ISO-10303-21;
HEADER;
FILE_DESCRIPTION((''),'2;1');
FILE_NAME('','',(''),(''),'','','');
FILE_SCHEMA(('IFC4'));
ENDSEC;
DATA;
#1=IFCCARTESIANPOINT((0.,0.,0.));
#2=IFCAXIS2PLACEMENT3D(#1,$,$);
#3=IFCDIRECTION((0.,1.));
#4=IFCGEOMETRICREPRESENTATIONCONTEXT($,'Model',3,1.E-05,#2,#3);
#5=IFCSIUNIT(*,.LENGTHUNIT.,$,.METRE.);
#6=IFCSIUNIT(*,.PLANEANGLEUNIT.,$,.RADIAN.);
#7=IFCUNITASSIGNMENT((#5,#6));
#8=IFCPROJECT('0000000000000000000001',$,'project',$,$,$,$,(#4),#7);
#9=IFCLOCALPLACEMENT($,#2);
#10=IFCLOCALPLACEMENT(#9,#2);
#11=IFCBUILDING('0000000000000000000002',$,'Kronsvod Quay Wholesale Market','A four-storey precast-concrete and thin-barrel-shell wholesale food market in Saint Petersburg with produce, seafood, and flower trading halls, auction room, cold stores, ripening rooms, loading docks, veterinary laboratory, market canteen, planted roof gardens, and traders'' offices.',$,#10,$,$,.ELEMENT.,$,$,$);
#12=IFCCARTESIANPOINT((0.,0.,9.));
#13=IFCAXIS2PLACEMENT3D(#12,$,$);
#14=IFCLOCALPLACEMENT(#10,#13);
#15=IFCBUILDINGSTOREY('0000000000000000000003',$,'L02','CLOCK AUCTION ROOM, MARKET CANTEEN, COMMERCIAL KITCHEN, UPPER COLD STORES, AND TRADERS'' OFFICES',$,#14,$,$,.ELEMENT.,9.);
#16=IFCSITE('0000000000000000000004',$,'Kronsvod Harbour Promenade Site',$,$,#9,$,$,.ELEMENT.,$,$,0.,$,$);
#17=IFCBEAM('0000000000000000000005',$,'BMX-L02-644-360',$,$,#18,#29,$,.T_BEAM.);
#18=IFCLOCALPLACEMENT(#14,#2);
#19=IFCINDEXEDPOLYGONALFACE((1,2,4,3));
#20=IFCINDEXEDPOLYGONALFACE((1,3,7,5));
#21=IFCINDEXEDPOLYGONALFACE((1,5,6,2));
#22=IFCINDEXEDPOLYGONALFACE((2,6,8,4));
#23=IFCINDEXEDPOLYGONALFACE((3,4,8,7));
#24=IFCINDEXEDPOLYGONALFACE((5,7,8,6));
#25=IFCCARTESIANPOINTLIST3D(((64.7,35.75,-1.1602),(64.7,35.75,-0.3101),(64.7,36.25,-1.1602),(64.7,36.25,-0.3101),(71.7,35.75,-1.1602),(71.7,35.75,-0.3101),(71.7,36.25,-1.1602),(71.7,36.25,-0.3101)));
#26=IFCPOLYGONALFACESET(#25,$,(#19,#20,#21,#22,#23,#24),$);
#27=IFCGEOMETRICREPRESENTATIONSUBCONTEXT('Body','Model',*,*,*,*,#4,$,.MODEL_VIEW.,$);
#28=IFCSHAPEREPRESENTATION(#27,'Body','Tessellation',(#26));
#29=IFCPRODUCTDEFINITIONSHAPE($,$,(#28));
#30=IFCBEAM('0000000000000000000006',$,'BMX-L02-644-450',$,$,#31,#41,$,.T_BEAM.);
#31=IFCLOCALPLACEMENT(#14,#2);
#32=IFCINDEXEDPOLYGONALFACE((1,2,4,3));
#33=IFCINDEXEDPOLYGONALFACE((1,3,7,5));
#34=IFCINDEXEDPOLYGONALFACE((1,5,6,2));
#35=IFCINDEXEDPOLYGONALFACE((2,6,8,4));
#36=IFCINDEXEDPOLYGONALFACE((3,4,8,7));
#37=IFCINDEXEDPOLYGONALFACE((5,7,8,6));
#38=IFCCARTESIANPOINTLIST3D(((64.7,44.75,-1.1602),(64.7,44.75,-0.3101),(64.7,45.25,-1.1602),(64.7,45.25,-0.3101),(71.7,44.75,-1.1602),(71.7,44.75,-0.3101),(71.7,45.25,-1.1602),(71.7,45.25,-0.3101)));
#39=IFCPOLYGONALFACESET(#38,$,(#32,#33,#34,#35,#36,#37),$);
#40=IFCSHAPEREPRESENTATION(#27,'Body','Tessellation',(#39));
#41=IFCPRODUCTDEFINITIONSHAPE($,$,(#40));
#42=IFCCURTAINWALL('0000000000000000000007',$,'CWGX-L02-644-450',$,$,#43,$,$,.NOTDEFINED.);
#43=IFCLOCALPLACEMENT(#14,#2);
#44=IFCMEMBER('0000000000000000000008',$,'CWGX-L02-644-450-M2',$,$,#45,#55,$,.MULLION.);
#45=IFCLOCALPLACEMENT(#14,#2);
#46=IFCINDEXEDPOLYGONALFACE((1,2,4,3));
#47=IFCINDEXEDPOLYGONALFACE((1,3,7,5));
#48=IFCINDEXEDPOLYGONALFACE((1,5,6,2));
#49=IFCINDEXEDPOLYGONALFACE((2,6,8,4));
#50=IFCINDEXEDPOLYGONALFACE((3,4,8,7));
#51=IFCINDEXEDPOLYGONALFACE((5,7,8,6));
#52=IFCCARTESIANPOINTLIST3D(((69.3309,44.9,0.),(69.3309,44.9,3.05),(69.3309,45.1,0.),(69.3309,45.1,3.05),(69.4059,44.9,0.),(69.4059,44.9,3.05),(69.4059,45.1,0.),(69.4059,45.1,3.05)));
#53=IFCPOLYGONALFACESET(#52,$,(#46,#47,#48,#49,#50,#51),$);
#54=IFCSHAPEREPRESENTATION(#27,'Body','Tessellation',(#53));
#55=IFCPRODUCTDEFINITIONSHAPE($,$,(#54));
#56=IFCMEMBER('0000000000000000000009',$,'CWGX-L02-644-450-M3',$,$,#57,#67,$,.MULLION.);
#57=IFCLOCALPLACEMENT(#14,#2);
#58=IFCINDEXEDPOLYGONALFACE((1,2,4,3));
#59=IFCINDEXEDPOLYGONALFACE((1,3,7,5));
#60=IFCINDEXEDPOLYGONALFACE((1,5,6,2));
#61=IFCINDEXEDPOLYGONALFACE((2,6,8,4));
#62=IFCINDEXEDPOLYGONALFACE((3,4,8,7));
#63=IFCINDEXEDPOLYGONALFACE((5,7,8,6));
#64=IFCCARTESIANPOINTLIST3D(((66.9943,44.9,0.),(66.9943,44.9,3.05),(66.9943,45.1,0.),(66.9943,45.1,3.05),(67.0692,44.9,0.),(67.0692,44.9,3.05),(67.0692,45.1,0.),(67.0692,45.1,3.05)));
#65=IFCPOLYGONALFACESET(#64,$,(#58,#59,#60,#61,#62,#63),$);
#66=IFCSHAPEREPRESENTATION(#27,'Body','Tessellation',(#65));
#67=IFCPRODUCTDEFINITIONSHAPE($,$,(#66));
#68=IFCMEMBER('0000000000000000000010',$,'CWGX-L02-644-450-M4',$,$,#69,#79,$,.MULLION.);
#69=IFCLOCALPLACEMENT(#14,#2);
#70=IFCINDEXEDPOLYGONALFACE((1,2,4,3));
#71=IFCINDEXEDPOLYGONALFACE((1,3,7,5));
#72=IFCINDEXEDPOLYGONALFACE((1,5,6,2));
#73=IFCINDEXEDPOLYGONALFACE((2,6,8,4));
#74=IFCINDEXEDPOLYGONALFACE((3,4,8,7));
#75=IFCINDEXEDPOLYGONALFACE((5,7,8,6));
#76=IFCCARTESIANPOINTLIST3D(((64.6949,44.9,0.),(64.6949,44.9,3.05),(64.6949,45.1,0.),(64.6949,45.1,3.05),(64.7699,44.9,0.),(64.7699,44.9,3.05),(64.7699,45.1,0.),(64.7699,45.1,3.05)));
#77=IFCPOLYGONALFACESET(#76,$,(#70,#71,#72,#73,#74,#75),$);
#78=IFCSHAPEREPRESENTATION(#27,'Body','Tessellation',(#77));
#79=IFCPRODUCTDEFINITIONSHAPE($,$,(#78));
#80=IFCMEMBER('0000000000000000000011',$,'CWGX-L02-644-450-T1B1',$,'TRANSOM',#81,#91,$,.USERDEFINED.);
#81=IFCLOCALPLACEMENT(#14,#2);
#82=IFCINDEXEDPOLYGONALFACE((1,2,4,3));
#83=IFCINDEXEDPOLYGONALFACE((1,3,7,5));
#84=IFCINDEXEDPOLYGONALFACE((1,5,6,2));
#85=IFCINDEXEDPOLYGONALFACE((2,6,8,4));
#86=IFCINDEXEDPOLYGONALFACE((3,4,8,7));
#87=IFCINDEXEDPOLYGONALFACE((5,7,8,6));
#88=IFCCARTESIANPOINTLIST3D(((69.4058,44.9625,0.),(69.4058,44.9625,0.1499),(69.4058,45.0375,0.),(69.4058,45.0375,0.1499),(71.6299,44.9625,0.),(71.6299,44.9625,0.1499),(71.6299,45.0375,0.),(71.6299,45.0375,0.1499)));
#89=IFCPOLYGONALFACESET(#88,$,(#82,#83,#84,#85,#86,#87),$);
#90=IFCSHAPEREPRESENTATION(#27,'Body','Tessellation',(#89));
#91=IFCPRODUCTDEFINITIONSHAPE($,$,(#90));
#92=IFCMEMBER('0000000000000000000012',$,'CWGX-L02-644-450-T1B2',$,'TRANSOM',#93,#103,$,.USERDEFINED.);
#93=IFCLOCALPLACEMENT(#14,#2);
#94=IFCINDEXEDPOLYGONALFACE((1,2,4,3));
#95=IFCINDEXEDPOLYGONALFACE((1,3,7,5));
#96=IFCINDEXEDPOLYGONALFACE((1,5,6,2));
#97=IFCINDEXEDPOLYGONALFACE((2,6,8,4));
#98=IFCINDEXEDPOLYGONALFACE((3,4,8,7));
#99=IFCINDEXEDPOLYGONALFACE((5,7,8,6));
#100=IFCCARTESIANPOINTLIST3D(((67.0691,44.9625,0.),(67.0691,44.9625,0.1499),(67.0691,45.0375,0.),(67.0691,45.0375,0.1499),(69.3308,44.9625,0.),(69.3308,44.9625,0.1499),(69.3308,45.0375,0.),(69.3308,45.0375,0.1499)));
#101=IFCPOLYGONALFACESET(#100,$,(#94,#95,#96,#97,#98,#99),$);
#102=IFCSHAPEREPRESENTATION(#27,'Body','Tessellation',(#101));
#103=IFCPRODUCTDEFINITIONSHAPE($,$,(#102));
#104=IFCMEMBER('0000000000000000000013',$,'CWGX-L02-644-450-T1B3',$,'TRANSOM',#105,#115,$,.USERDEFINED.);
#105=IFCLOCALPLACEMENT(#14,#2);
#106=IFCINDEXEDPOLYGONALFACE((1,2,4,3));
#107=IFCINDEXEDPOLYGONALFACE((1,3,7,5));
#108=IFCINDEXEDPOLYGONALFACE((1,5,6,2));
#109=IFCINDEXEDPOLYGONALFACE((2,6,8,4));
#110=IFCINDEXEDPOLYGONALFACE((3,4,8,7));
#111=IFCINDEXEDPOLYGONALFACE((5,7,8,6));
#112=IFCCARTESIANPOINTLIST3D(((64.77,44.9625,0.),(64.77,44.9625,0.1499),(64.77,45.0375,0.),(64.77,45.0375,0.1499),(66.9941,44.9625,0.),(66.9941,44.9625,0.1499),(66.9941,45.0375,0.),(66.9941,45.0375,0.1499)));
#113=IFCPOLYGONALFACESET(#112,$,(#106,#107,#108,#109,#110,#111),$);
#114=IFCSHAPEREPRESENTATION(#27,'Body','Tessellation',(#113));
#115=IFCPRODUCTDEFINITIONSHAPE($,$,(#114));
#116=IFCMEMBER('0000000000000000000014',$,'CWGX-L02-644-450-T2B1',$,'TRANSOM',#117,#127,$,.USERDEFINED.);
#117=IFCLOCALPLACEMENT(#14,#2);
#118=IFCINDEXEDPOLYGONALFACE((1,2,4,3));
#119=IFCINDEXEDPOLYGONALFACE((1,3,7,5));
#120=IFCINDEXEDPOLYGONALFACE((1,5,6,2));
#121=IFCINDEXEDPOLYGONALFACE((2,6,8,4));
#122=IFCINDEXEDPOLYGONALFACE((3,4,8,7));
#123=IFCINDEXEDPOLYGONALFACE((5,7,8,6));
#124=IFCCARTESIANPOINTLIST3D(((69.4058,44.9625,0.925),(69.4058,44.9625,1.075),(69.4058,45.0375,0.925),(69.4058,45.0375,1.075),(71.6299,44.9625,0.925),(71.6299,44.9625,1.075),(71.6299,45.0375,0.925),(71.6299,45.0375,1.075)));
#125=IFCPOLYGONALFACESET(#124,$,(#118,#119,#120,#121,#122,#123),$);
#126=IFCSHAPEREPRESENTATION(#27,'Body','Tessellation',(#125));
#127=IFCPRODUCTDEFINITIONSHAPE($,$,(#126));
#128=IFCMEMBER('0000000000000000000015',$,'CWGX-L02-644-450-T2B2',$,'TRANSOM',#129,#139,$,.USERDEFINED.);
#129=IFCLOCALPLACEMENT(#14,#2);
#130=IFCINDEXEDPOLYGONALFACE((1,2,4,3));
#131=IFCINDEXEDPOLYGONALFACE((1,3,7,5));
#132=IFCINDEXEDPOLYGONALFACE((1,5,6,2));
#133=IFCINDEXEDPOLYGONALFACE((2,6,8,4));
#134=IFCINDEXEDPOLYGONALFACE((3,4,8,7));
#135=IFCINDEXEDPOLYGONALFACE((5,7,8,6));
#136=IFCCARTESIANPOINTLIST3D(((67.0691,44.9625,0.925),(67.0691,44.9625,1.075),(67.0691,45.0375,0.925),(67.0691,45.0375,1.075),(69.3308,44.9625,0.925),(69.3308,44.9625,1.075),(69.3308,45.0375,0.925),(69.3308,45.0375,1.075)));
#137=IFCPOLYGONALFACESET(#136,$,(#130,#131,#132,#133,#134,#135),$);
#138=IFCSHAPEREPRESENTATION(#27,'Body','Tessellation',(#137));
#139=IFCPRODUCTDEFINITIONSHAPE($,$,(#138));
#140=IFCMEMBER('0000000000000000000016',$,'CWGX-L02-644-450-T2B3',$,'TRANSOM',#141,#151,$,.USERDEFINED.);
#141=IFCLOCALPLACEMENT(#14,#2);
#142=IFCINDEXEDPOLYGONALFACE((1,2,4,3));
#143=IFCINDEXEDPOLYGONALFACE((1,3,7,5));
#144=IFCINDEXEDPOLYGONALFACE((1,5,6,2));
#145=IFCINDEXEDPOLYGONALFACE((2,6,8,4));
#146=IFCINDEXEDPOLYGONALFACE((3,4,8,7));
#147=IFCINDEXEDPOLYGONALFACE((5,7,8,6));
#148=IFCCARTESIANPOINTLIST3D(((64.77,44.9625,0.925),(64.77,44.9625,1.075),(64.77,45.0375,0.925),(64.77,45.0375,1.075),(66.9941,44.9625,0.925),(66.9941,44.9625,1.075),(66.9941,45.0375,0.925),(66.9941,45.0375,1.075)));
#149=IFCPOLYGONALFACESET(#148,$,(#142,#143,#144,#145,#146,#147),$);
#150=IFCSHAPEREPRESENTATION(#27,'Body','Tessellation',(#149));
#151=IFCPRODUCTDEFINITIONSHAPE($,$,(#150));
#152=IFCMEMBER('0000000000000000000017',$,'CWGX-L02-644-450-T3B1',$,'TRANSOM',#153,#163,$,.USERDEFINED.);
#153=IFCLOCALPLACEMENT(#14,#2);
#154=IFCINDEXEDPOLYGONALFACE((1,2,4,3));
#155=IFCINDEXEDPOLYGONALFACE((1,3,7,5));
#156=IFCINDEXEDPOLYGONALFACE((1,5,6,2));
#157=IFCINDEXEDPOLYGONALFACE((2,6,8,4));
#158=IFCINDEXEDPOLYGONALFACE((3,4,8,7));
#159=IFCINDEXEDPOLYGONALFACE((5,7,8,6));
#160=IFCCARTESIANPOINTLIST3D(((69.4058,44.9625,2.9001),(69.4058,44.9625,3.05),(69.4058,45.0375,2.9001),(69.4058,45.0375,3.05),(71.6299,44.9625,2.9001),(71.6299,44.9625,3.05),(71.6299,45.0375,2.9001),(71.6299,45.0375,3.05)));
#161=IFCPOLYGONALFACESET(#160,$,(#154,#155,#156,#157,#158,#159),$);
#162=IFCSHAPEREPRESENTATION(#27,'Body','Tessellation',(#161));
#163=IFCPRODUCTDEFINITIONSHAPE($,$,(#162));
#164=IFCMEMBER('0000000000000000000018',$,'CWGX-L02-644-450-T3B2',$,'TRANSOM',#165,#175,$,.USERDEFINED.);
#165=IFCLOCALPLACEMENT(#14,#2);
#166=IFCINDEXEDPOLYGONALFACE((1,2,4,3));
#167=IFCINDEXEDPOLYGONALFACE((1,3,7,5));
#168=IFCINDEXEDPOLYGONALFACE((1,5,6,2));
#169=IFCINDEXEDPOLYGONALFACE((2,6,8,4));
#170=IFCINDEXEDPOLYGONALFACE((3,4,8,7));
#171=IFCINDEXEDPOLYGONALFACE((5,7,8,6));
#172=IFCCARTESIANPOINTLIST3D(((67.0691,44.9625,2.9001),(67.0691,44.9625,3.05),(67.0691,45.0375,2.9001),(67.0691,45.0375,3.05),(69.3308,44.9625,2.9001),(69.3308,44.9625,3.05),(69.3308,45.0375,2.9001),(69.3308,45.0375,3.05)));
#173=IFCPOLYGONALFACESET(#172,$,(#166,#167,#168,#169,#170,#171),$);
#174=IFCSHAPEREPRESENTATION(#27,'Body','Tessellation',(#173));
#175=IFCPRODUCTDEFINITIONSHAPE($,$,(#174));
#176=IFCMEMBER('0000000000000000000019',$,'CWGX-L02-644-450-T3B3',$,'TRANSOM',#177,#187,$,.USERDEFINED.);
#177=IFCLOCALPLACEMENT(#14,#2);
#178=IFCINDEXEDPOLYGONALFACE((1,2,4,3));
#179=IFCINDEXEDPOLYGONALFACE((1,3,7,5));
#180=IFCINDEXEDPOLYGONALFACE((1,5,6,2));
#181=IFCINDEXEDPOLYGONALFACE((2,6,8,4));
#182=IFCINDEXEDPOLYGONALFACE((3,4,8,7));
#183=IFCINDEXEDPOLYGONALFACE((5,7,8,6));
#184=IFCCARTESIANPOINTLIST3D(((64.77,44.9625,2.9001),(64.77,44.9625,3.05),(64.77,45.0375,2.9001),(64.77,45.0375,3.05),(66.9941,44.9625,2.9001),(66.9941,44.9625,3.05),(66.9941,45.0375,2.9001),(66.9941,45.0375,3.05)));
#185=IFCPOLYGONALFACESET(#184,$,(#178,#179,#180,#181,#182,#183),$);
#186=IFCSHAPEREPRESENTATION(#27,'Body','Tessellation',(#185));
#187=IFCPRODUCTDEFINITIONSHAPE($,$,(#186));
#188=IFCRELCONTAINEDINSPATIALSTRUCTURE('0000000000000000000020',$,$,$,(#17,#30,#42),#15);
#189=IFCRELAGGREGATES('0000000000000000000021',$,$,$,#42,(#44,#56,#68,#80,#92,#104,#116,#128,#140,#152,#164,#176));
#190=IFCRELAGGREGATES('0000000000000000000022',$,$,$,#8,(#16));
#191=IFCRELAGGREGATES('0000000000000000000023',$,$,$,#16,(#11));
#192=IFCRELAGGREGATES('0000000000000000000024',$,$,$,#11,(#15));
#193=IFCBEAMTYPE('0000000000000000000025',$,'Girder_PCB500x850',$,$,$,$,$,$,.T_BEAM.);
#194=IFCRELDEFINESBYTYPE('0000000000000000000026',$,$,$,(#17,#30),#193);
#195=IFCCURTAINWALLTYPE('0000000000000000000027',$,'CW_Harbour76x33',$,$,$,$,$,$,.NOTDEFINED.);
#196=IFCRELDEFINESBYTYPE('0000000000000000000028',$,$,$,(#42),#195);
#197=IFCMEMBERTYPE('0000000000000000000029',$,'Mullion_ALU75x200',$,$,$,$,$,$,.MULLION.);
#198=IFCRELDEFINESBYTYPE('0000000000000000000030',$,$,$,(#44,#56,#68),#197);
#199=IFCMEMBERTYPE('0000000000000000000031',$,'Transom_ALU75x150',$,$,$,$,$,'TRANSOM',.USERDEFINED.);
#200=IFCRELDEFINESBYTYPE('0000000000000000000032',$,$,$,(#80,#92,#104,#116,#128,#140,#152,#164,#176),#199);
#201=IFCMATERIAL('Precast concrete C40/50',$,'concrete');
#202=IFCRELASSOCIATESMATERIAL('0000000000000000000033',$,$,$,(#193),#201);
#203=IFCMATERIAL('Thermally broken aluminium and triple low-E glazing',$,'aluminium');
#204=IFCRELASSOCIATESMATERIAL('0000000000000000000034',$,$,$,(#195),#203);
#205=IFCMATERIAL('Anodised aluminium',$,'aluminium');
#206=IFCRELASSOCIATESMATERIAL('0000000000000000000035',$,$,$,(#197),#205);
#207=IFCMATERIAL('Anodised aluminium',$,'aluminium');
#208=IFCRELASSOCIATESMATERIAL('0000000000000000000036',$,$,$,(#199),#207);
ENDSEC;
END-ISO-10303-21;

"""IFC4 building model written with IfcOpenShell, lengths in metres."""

from ifc_helpers import new_model, si_unit, direction, frame, origin, origin_2d, place, context, subcontext, project, spatial, rectangle, extrude, material, material_profile, profile_set, type_object, element, aggregate, save


model = new_model("IFC4")

# Units and contexts
model_context = context("Model", 3, precision=1e-05, world=origin(), true_north=direction((0.0, 1.0)))
body_context = subcontext(model_context, "Body", "Model", "MODEL_VIEW")
ifc_project = project(units=[si_unit("LENGTHUNIT", "METRE"), si_unit("PLANEANGLEUNIT", "RADIAN")], contexts=[model_context])

# Site, building, storey
site_placement = place(None, origin())
site = spatial("IfcSite", under=ifc_project, at=site_placement, Name="Kronsvod Harbour Promenade Site", CompositionType="ELEMENT", RefElevation=0.0)
building_placement = place(site_placement, origin())
building = spatial("IfcBuilding", under=site, at=building_placement, Name="Kronsvod Quay Wholesale Market", Description="A four-storey precast-concrete and thin-barrel-shell wholesale food market in Saint Petersburg with produce, seafood, and flower trading halls, auction room, cold stores, ripening rooms, loading docks, veterinary laboratory, market canteen, planted roof gardens, and traders' offices.", CompositionType="ELEMENT")
storey_placement = place(building_placement, frame((0.0, 0.0, 9.0)))
storey = spatial("IfcBuildingStorey", under=building, at=storey_placement, Name="L02", Description="CLOCK AUCTION ROOM, MARKET CANTEEN, COMMERCIAL KITCHEN, UPPER COLD STORES, AND TRADERS' OFFICES", CompositionType="ELEMENT", Elevation=9.0)

# Beams
ifc_material_1 = material(Name="Precast concrete C40/50", Category="concrete")
ifc_material_profile_1 = material_profile(ifc_material_1, rectangle(XDim=0.5, YDim=0.8501, at=origin_2d()), Name="PCB500x850")
ifc_profile_set_1 = profile_set([ifc_material_profile_1], Name="Precast concrete C40/50")
beam_type = type_object("IfcBeamType", Name="Girder_PCB500x850", PredefinedType="T_BEAM", material=ifc_profile_set_1)
for number, where, z_axis, x_axis, name in (
    (1, (64.7, 36.0, -0.7351), (1.0, 0.0, 0.0), (0.0, 1.0, 0.0), "BMX-L02-644-360"),
    (2, (64.7, 45.0, -0.7351), (1.0, 0.0, 0.0), (0.0, 1.0, 0.0), "BMX-L02-644-450"),
):
    element("IfcBeam", number, at=place(storey_placement, frame(where, z_axis=z_axis, x_axis=x_axis)), inside=storey, type_object=beam_type, Name=name, PredefinedType="T_BEAM", context=body_context, shape_type="SweptSolid", body=[
        extrude(rectangle(XDim=0.5, YDim=0.8501, at=origin_2d()), origin(), (0.0, 0.0, 1.0), 7.0),
    ])

# Curtain wall, members
ifc_material_2 = material(Name="Thermally broken aluminium and triple low-E glazing", Category="aluminium")
curtain_wall_type = type_object("IfcCurtainWallType", Name="CW_Harbour76x33", PredefinedType="NOTDEFINED", material=ifc_material_2)
curtain_wall_placement = place(storey_placement, origin())
curtain_wall = element("IfcCurtainWall", 3, at=curtain_wall_placement, inside=storey, type_object=curtain_wall_type, Name="CWGX-L02-644-450", PredefinedType="NOTDEFINED")
ifc_material_3 = material(Name="Anodised aluminium", Category="aluminium")
ifc_material_profile_2 = material_profile(ifc_material_3, rectangle(XDim=0.075, YDim=0.2, at=origin_2d()), Name="ALUM75x200")
ifc_profile_set_2 = profile_set([ifc_material_profile_2], Name="Anodised aluminium")
member_type_1 = type_object("IfcMemberType", Name="Mullion_ALU75x200", PredefinedType="MULLION", material=ifc_profile_set_2)
member_1_placement = place(storey_placement, frame((69.3684, 45.0, 0.0), z_axis=(0.0, 0.0, 1.0), x_axis=(1.0, 0.0, 0.0)))
member_1 = element("IfcMember", 4, at=member_1_placement, type_object=member_type_1, Name="CWGX-L02-644-450-M2", PredefinedType="MULLION", context=body_context, shape_type="SweptSolid", body=[
    extrude(rectangle(XDim=0.075, YDim=0.2, at=origin_2d()), origin(), (0.0, 0.0, 1.0), 3.05),
])
member_2_placement = place(storey_placement, frame((67.0317, 45.0, 0.0), z_axis=(0.0, 0.0, 1.0), x_axis=(1.0, 0.0, 0.0)))
member_2 = element("IfcMember", 5, at=member_2_placement, type_object=member_type_1, Name="CWGX-L02-644-450-M3", PredefinedType="MULLION", context=body_context, shape_type="SweptSolid", body=[
    extrude(rectangle(XDim=0.075, YDim=0.2, at=origin_2d()), origin(), (0.0, 0.0, 1.0), 3.05),
])
member_3_placement = place(storey_placement, frame((64.7324, 45.0, 0.0), z_axis=(0.0, 0.0, 1.0), x_axis=(1.0, 0.0, 0.0)))
member_3 = element("IfcMember", 6, at=member_3_placement, type_object=member_type_1, Name="CWGX-L02-644-450-M4", PredefinedType="MULLION", context=body_context, shape_type="SweptSolid", body=[
    extrude(rectangle(XDim=0.075, YDim=0.2, at=origin_2d()), origin(), (0.0, 0.0, 1.0), 3.05),
])
ifc_material_4 = material(Name="Anodised aluminium", Category="aluminium")
ifc_material_profile_3 = material_profile(ifc_material_4, rectangle(XDim=0.075, YDim=0.1499, at=origin_2d()), Name="ALUT75x150")
ifc_profile_set_3 = profile_set([ifc_material_profile_3], Name="Anodised aluminium")
member_type_2 = type_object("IfcMemberType", Name="Transom_ALU75x150", ElementType="TRANSOM", PredefinedType="USERDEFINED", material=ifc_profile_set_3)
member_4_placement = place(storey_placement, frame((71.6299, 45.0, 0.075), z_axis=(-1.0, 0.0, 0.0), x_axis=(0.0, -1.0, 0.0)))
member_4 = element("IfcMember", 7, at=member_4_placement, type_object=member_type_2, Name="CWGX-L02-644-450-T1B1", ObjectType="TRANSOM", PredefinedType="USERDEFINED", context=body_context, shape_type="SweptSolid", body=[
    extrude(rectangle(XDim=0.075, YDim=0.1499, at=origin_2d()), origin(), (0.0, 0.0, 1.0), 2.2241),
])
member_5_placement = place(storey_placement, frame((69.3308, 45.0, 0.075), z_axis=(-1.0, 0.0, 0.0), x_axis=(0.0, -1.0, 0.0)))
member_5 = element("IfcMember", 8, at=member_5_placement, type_object=member_type_2, Name="CWGX-L02-644-450-T1B2", ObjectType="TRANSOM", PredefinedType="USERDEFINED", context=body_context, shape_type="SweptSolid", body=[
    extrude(rectangle(XDim=0.075, YDim=0.1499, at=origin_2d()), origin(), (0.0, 0.0, 1.0), 2.2617),
])
member_6_placement = place(storey_placement, frame((66.9941, 45.0, 0.075), z_axis=(-1.0, 0.0, 0.0), x_axis=(0.0, -1.0, 0.0)))
member_6 = element("IfcMember", 9, at=member_6_placement, type_object=member_type_2, Name="CWGX-L02-644-450-T1B3", ObjectType="TRANSOM", PredefinedType="USERDEFINED", context=body_context, shape_type="SweptSolid", body=[
    extrude(rectangle(XDim=0.075, YDim=0.1499, at=origin_2d()), origin(), (0.0, 0.0, 1.0), 2.2241),
])
member_7_placement = place(storey_placement, frame((71.6299, 45.0, 1.0), z_axis=(-1.0, 0.0, 0.0), x_axis=(0.0, -1.0, 0.0)))
member_7 = element("IfcMember", 10, at=member_7_placement, type_object=member_type_2, Name="CWGX-L02-644-450-T2B1", ObjectType="TRANSOM", PredefinedType="USERDEFINED", context=body_context, shape_type="SweptSolid", body=[
    extrude(rectangle(XDim=0.075, YDim=0.1499, at=origin_2d()), origin(), (0.0, 0.0, 1.0), 2.2241),
])
member_8_placement = place(storey_placement, frame((69.3308, 45.0, 1.0), z_axis=(-1.0, 0.0, 0.0), x_axis=(0.0, -1.0, 0.0)))
member_8 = element("IfcMember", 11, at=member_8_placement, type_object=member_type_2, Name="CWGX-L02-644-450-T2B2", ObjectType="TRANSOM", PredefinedType="USERDEFINED", context=body_context, shape_type="SweptSolid", body=[
    extrude(rectangle(XDim=0.075, YDim=0.1499, at=origin_2d()), origin(), (0.0, 0.0, 1.0), 2.2617),
])
member_9_placement = place(storey_placement, frame((66.9941, 45.0, 1.0), z_axis=(-1.0, 0.0, 0.0), x_axis=(0.0, -1.0, 0.0)))
member_9 = element("IfcMember", 12, at=member_9_placement, type_object=member_type_2, Name="CWGX-L02-644-450-T2B3", ObjectType="TRANSOM", PredefinedType="USERDEFINED", context=body_context, shape_type="SweptSolid", body=[
    extrude(rectangle(XDim=0.075, YDim=0.1499, at=origin_2d()), origin(), (0.0, 0.0, 1.0), 2.2241),
])
member_10_placement = place(storey_placement, frame((71.6299, 45.0, 2.9751), z_axis=(-1.0, 0.0, 0.0), x_axis=(0.0, -1.0, 0.0)))
member_10 = element("IfcMember", 13, at=member_10_placement, type_object=member_type_2, Name="CWGX-L02-644-450-T3B1", ObjectType="TRANSOM", PredefinedType="USERDEFINED", context=body_context, shape_type="SweptSolid", body=[
    extrude(rectangle(XDim=0.075, YDim=0.1499, at=origin_2d()), origin(), (0.0, 0.0, 1.0), 2.2241),
])
member_11_placement = place(storey_placement, frame((69.3308, 45.0, 2.9751), z_axis=(-1.0, 0.0, 0.0), x_axis=(0.0, -1.0, 0.0)))
member_11 = element("IfcMember", 14, at=member_11_placement, type_object=member_type_2, Name="CWGX-L02-644-450-T3B2", ObjectType="TRANSOM", PredefinedType="USERDEFINED", context=body_context, shape_type="SweptSolid", body=[
    extrude(rectangle(XDim=0.075, YDim=0.1499, at=origin_2d()), origin(), (0.0, 0.0, 1.0), 2.2617),
])
member_12_placement = place(storey_placement, frame((66.9941, 45.0, 2.9751), z_axis=(-1.0, 0.0, 0.0), x_axis=(0.0, -1.0, 0.0)))
member_12 = element("IfcMember", 15, at=member_12_placement, type_object=member_type_2, Name="CWGX-L02-644-450-T3B3", ObjectType="TRANSOM", PredefinedType="USERDEFINED", context=body_context, shape_type="SweptSolid", body=[
    extrude(rectangle(XDim=0.075, YDim=0.1499, at=origin_2d()), origin(), (0.0, 0.0, 1.0), 2.2241),
])
aggregate(curtain_wall, [member_1, member_2, member_3, member_4, member_5, member_6, member_7, member_8, member_9, member_10, member_11, member_12])

save(model, "model.ifc")
